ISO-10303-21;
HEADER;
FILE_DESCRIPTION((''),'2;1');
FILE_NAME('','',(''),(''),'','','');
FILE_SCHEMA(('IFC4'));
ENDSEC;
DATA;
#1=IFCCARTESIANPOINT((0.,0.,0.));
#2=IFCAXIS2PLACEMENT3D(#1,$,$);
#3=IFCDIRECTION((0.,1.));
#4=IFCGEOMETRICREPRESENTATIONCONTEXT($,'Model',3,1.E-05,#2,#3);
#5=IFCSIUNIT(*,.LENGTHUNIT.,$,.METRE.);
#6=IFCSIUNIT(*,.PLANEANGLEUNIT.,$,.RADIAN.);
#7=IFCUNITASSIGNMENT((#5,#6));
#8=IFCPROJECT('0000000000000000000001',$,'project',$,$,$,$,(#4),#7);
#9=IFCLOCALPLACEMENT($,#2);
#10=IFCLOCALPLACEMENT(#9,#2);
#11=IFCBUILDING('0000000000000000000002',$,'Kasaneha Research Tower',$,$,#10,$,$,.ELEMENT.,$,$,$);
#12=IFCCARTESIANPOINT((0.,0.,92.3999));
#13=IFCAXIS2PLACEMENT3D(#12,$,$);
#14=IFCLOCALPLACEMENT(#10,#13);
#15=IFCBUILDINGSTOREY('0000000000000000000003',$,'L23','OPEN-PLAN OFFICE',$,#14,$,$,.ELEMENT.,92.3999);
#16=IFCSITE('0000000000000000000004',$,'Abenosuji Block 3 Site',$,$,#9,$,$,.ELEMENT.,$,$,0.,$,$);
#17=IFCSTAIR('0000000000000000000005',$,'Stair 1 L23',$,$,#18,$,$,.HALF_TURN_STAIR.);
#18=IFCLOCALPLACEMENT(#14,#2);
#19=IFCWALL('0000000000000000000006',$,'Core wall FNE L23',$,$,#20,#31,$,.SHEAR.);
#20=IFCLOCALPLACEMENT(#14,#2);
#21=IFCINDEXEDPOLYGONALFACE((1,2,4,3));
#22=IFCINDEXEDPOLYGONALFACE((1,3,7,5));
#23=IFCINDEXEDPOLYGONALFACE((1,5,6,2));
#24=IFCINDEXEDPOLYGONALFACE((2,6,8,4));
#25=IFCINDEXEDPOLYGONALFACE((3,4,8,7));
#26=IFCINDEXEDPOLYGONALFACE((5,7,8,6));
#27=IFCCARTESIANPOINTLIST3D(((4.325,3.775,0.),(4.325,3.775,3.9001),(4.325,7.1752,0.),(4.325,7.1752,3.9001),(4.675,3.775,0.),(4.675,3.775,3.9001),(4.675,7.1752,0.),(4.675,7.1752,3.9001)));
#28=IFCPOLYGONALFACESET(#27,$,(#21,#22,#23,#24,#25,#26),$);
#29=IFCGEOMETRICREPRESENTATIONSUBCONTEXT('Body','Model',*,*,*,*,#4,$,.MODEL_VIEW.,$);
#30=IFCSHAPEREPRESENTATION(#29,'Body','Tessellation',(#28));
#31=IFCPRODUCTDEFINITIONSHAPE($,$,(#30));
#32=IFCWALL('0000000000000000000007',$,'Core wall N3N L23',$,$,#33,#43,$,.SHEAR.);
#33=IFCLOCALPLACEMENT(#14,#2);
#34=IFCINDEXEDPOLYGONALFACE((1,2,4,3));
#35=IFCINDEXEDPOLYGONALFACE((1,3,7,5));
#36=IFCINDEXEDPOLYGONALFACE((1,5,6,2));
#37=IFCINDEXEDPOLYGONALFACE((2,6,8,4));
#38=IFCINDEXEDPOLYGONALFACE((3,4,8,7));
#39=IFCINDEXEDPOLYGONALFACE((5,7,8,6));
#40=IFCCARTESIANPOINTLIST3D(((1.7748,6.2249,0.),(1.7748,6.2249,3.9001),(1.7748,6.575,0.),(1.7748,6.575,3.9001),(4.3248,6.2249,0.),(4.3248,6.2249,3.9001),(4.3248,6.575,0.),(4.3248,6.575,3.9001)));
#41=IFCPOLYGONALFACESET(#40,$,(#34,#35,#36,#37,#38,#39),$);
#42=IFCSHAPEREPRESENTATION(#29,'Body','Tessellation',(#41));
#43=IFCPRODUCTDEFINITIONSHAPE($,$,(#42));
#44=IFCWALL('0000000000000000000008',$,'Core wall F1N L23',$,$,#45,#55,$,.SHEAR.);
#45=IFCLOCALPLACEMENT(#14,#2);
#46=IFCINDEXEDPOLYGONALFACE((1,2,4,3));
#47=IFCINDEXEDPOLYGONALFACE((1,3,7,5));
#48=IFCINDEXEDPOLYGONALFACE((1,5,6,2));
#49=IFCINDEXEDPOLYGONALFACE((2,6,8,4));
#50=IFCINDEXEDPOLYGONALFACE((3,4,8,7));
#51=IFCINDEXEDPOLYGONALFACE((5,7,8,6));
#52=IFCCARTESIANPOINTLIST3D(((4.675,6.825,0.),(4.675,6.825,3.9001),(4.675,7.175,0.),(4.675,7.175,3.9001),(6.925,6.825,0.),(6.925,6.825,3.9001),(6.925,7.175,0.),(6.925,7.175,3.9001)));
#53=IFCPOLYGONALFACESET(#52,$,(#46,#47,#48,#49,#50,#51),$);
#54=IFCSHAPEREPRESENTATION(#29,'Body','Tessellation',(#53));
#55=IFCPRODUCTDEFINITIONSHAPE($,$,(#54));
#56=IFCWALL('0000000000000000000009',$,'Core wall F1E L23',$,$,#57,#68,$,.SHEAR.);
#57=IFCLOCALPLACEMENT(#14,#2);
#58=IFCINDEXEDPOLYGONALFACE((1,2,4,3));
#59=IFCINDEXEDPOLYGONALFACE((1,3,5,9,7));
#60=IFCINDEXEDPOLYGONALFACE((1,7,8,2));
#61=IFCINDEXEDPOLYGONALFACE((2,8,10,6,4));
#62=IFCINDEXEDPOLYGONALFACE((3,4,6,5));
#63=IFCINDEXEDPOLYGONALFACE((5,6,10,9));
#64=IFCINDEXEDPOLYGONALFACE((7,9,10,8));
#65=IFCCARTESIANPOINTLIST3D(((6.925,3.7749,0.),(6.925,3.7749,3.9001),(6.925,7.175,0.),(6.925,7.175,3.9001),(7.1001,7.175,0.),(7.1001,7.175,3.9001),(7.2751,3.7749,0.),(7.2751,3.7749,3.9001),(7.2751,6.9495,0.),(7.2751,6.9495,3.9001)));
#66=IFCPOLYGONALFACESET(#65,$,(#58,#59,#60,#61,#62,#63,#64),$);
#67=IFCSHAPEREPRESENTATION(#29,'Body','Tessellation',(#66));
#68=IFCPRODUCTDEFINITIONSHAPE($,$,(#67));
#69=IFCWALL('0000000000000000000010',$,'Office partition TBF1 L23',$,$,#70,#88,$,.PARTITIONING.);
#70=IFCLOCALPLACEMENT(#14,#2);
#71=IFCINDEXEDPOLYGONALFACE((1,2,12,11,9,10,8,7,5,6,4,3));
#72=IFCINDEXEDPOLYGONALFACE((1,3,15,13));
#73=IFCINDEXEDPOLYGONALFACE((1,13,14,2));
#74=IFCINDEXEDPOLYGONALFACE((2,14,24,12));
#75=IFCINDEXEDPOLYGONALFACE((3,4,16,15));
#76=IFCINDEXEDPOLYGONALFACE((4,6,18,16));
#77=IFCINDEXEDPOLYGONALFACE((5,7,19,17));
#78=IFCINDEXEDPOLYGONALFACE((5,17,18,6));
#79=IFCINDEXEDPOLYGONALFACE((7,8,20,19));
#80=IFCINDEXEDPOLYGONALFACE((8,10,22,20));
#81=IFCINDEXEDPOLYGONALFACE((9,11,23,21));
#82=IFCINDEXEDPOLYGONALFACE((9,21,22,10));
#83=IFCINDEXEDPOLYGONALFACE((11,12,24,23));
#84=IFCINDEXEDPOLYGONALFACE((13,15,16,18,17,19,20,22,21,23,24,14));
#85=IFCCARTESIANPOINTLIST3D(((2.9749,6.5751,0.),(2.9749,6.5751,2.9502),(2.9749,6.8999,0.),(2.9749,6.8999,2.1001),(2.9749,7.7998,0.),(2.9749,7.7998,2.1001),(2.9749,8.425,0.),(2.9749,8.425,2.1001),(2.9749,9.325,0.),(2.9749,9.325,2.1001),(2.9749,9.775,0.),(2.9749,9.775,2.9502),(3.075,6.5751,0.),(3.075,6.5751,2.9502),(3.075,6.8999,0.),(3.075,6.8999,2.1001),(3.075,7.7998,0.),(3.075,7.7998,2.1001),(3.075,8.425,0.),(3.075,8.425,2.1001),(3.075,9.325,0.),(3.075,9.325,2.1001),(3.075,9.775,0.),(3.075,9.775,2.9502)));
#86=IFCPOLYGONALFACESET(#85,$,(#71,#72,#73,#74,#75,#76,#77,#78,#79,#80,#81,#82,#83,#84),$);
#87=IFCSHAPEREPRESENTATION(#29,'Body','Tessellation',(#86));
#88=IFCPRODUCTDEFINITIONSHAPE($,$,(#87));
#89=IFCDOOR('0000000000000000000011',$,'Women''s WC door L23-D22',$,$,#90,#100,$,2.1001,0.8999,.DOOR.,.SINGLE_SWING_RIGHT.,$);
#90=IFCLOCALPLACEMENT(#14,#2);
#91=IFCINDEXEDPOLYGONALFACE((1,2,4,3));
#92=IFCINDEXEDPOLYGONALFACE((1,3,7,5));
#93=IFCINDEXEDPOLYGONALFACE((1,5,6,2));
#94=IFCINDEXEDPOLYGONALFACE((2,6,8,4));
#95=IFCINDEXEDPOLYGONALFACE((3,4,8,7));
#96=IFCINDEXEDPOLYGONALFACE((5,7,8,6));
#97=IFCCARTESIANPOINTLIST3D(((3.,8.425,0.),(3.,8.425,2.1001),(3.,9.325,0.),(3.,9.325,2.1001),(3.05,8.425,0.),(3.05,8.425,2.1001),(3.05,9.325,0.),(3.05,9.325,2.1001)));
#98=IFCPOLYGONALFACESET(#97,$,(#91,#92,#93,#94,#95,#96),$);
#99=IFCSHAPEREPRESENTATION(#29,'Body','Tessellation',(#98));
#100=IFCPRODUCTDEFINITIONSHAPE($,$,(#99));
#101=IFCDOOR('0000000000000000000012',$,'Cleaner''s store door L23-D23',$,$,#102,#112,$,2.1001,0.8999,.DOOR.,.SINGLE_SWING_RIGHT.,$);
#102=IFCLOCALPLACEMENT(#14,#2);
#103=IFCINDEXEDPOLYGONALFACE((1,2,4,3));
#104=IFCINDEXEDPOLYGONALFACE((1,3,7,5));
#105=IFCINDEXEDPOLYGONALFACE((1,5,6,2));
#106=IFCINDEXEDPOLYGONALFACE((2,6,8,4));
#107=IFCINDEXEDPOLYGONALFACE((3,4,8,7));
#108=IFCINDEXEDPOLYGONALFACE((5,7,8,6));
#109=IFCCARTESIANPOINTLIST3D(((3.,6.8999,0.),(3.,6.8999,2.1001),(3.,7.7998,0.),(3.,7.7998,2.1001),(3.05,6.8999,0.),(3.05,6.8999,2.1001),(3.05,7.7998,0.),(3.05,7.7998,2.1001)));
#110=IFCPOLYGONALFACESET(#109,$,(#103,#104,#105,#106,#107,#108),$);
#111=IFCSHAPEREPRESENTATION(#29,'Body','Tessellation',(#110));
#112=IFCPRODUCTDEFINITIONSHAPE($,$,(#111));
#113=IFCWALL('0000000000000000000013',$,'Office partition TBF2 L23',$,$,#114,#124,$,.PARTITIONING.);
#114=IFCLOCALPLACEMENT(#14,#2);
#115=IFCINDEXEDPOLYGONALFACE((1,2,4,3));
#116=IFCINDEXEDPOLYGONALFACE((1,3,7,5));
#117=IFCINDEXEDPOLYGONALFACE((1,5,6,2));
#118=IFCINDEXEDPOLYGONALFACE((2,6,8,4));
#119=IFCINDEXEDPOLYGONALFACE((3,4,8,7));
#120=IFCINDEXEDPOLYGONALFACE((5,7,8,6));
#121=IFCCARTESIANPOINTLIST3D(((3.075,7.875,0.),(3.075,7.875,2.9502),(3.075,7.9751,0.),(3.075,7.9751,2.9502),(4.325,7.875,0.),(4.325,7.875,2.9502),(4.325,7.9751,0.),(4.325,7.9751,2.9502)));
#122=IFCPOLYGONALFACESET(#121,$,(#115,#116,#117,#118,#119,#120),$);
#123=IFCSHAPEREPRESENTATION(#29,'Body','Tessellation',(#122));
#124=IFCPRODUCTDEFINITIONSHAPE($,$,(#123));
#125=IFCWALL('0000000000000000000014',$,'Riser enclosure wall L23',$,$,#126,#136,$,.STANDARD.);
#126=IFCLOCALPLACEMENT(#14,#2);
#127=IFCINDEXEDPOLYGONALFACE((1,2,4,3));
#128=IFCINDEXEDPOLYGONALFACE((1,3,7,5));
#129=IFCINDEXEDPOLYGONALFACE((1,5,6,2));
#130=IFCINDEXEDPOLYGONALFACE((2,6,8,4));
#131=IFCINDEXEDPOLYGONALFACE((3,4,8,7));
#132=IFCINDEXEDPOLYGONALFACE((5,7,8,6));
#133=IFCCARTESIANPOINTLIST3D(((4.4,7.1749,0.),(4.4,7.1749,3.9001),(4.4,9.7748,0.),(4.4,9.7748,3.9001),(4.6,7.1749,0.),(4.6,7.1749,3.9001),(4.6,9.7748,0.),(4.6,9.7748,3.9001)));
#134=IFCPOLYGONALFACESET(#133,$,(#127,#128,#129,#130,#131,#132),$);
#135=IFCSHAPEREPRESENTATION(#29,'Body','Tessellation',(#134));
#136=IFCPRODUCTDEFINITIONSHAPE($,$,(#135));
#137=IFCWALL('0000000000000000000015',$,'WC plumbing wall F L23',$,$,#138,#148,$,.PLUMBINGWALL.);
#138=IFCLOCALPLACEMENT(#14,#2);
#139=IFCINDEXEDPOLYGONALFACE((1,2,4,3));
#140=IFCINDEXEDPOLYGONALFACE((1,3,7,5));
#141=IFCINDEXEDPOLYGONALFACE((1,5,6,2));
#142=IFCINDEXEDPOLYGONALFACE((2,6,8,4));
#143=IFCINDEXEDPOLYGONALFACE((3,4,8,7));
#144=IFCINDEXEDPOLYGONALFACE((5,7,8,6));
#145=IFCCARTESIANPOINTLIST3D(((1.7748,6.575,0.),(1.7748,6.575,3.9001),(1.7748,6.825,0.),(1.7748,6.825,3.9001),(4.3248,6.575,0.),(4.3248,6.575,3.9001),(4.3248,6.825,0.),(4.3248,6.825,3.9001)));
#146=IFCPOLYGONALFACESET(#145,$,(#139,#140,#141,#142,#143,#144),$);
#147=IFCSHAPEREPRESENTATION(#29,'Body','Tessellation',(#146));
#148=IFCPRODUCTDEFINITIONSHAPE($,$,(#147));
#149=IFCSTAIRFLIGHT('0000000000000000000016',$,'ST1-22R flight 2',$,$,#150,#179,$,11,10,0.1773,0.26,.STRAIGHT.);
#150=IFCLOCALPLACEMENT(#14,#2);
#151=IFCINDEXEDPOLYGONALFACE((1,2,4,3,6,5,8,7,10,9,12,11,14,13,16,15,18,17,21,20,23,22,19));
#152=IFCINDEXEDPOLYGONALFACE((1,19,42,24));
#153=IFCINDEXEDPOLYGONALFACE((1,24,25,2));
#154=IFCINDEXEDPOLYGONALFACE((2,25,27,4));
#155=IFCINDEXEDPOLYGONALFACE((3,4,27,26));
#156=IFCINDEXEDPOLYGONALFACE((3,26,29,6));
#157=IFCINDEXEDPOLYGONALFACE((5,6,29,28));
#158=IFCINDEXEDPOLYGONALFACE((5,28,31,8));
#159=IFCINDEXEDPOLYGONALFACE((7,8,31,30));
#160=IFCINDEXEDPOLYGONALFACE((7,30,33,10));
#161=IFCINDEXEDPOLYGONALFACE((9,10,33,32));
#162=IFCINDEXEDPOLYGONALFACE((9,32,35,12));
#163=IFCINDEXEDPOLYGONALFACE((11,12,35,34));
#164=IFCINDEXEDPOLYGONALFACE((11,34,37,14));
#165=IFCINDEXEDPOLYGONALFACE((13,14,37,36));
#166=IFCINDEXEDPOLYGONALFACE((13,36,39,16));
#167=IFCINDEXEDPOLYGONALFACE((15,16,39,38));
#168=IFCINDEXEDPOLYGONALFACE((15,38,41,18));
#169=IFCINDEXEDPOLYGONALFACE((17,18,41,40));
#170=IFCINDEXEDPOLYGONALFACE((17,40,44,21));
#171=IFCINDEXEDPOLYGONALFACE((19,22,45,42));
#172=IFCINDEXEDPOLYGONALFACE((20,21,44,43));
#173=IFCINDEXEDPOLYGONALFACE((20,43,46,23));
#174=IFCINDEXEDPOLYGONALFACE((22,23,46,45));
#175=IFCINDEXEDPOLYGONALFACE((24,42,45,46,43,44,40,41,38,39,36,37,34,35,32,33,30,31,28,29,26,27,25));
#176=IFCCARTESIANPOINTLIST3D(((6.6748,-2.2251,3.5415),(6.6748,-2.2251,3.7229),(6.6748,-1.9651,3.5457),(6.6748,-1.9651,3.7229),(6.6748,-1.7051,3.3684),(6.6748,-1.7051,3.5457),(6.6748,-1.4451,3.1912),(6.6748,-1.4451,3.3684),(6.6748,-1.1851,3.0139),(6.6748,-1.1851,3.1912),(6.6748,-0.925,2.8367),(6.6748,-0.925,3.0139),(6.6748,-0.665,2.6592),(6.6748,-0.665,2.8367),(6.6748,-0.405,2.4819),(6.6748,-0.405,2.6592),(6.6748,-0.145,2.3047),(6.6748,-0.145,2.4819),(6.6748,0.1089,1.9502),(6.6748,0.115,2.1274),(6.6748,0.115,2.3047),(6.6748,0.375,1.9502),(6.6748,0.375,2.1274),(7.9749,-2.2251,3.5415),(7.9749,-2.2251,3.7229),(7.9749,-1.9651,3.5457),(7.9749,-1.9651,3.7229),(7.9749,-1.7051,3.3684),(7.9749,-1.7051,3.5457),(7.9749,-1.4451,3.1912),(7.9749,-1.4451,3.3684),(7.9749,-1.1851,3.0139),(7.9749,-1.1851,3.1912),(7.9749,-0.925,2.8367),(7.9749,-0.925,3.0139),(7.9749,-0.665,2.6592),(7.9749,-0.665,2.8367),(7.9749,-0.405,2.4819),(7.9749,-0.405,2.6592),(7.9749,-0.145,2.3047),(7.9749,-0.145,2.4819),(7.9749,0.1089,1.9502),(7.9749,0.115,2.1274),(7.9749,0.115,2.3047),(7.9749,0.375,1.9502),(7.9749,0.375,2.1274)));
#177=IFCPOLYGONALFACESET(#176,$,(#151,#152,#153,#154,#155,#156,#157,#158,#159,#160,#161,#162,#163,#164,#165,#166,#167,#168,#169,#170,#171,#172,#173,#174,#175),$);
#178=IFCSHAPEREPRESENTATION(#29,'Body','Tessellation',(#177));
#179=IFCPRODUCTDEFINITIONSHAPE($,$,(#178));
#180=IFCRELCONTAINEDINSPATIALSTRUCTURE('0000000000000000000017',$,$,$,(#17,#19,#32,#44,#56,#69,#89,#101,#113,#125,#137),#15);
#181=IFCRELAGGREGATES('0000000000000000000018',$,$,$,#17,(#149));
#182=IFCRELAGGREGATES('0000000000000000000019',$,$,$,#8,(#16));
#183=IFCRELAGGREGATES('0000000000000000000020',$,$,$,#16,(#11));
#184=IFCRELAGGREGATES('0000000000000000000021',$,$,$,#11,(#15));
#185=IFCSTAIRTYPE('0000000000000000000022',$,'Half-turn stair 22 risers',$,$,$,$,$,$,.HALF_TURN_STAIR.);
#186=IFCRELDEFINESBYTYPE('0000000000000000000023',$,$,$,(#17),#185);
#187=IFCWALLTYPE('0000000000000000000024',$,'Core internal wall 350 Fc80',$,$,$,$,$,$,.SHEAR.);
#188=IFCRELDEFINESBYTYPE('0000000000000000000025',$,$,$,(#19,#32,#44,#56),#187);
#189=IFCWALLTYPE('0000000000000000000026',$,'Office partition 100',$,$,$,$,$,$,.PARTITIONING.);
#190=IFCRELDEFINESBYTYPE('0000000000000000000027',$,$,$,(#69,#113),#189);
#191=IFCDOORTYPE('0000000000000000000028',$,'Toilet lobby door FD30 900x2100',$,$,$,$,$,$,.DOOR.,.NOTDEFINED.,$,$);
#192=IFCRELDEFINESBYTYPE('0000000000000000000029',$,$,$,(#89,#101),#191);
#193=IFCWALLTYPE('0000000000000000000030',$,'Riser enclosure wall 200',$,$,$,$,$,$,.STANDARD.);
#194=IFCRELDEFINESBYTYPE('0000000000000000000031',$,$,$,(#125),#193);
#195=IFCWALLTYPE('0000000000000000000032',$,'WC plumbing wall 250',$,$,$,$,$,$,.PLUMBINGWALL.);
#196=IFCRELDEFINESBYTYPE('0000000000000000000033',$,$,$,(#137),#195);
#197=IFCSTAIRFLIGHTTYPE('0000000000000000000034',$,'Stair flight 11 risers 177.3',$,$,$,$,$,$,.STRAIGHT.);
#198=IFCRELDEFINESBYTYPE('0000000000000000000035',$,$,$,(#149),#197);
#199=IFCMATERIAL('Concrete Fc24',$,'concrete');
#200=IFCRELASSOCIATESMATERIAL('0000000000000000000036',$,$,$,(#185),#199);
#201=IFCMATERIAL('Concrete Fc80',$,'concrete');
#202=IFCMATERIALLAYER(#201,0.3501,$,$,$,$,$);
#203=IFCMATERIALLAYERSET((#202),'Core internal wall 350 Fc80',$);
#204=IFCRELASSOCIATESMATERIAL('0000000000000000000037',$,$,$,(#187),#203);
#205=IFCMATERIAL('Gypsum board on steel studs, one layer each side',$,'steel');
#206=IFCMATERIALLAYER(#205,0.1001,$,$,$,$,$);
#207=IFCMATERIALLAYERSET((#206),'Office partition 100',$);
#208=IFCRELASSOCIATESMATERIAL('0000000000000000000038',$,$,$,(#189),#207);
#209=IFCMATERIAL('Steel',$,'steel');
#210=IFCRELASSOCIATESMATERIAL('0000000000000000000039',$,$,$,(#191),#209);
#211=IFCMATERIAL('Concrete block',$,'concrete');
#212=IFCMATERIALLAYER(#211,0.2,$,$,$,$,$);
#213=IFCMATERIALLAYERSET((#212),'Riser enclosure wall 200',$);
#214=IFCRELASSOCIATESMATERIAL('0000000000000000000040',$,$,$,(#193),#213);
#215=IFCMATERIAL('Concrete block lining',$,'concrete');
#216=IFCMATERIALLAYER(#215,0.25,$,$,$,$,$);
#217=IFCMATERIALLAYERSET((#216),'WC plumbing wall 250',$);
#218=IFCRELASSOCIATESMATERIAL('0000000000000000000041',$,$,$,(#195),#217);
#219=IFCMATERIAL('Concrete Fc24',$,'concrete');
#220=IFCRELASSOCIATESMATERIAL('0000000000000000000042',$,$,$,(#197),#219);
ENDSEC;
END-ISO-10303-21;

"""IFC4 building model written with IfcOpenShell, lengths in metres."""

from ifc_helpers import new_model, si_unit, direction, frame, frame_2d, origin, place, context, subcontext, project, spatial, polyline, rectangle, outline, extrude, material, layer, layer_set, type_object, element, fill, aggregate, save


model = new_model("IFC4")

# Units and contexts
model_context = context("Model", 3, precision=1e-05, world=origin(), true_north=direction((0.0, 1.0)))
body_context = subcontext(model_context, "Body", "Model", "MODEL_VIEW")
ifc_project = project(units=[si_unit("LENGTHUNIT", "METRE"), si_unit("PLANEANGLEUNIT", "RADIAN")], contexts=[model_context])

# Site, building, storey
site_placement = place(None, origin())
site = spatial("IfcSite", under=ifc_project, at=site_placement, Name="Abenosuji Block 3 Site", CompositionType="ELEMENT", RefElevation=0.0)
building_placement = place(site_placement, origin())
building = spatial("IfcBuilding", under=site, at=building_placement, Name="Kasaneha Research Tower", CompositionType="ELEMENT")
storey_placement = place(building_placement, frame((0.0, 0.0, 92.3999)))
storey = spatial("IfcBuildingStorey", under=building, at=storey_placement, Name="L23", Description="OPEN-PLAN OFFICE", CompositionType="ELEMENT", Elevation=92.3999)

# Stair
ifc_material_1 = material(Name="Concrete Fc24", Category="concrete")
stair_type = type_object("IfcStairType", Name="Half-turn stair 22 risers", PredefinedType="HALF_TURN_STAIR", material=ifc_material_1)
stair_1_placement = place(storey_placement, origin())
stair_1 = element("IfcStair", 1, at=stair_1_placement, inside=storey, type_object=stair_type, Name="Stair 1 L23", PredefinedType="HALF_TURN_STAIR")

# Shared definitions
ifc_material_2 = material(Name="Concrete Fc80", Category="concrete")
ifc_layer_1 = layer(ifc_material_2, 0.3501)
ifc_layer_set_1 = layer_set([ifc_layer_1], Name="Core internal wall 350 Fc80")
wall_type_1 = type_object("IfcWallType", Name="Core internal wall 350 Fc80", PredefinedType="SHEAR", material=ifc_layer_set_1)

# Walls
wall_1_placement = place(storey_placement, frame((4.5, 3.7749, 0.0), z_axis=(0.0, 0.0, 1.0), x_axis=(0.0, 1.0, 0.0)))
element("IfcWall", 2, at=wall_1_placement, inside=storey, type_object=wall_type_1, Name="Core wall FNE L23", PredefinedType="SHEAR", context=body_context, shape_type="SweptSolid", body=[
    extrude(rectangle(XDim=3.4001, YDim=0.3501, at=frame_2d((1.7002, 0.0))), origin(), (0.0, 0.0, 1.0), 3.9001),
])
wall_2_placement = place(storey_placement, frame((1.7749, 6.3999, 0.0), z_axis=(0.0, 0.0, 1.0), x_axis=(1.0, 0.0, 0.0)))
element("IfcWall", 3, at=wall_2_placement, inside=storey, type_object=wall_type_1, Name="Core wall N3N L23", PredefinedType="SHEAR", context=body_context, shape_type="SweptSolid", body=[
    extrude(rectangle(XDim=2.55, YDim=0.3501, at=frame_2d((1.2749, 0.0))), origin(), (0.0, 0.0, 1.0), 3.9001),
])
wall_3_placement = place(storey_placement, frame((4.675, 7.0, 0.0), z_axis=(0.0, 0.0, 1.0), x_axis=(1.0, 0.0, 0.0)))
element("IfcWall", 4, at=wall_3_placement, inside=storey, type_object=wall_type_1, Name="Core wall F1N L23", PredefinedType="SHEAR", context=body_context, shape_type="SweptSolid", body=[
    extrude(rectangle(XDim=2.25, YDim=0.3501, at=frame_2d((1.125, 0.0))), origin(), (0.0, 0.0, 1.0), 3.9001),
])
wall_4_placement = place(storey_placement, frame((7.1001, 3.7749, 0.0), z_axis=(0.0, 0.0, 1.0), x_axis=(0.0, 1.0, 0.0)))
element("IfcWall", 5, at=wall_4_placement, inside=storey, type_object=wall_type_1, Name="Core wall F1E L23", PredefinedType="SHEAR", context=body_context, shape_type="SweptSolid", body=[
    extrude(outline(polyline([(0.0, -0.175), (3.1746, -0.175), (3.4001, 0.0), (3.4001, 0.175), (0.0, 0.175), (0.0, -0.175)])), origin(), (0.0, 0.0, 1.0), 3.9001),
])

# Wall, openings, doors
ifc_material_3 = material(Name="Gypsum board on steel studs, one layer each side", Category="steel")
ifc_layer_2 = layer(ifc_material_3, 0.1001)
ifc_layer_set_2 = layer_set([ifc_layer_2], Name="Office partition 100")
wall_type_2 = type_object("IfcWallType", Name="Office partition 100", PredefinedType="PARTITIONING", material=ifc_layer_set_2)
wall_5_placement = place(storey_placement, frame((3.0249, 6.575, 0.0), z_axis=(0.0, 0.0, 1.0), x_axis=(0.0, 1.0, 0.0)))
wall_5 = element("IfcWall", 6, at=wall_5_placement, inside=storey, type_object=wall_type_2, Name="Office partition TBF1 L23", PredefinedType="PARTITIONING", context=body_context, shape_type="SweptSolid", body=[
    extrude(rectangle(XDim=3.2, YDim=0.1001, at=frame_2d((1.6001, 0.0))), origin(), (0.0, 0.0, 1.0), 2.9502),
])
opening_1_placement = place(wall_5_placement, frame((1.8501, 0.0, 0.0)))
opening_1 = element("IfcOpeningElement", 7, at=opening_1_placement, cuts=wall_5, PredefinedType="OPENING", context=body_context, shape_type="SweptSolid", body=[
    extrude(rectangle(XDim=0.8999, YDim=2.1001, at=frame_2d((0.45, 1.05))), frame((0.0, 0.0601, 0.0), z_axis=(0.0, -1.0, 0.0), x_axis=(1.0, 0.0, 0.0)), (0.0, 0.0, 1.0), 0.1201),
])
opening_2_placement = place(wall_5_placement, frame((0.325, 0.0, 0.0)))
opening_2 = element("IfcOpeningElement", 8, at=opening_2_placement, cuts=wall_5, PredefinedType="OPENING", context=body_context, shape_type="SweptSolid", body=[
    extrude(rectangle(XDim=0.8999, YDim=2.1001, at=frame_2d((0.45, 1.05))), frame((0.0, 0.0601, 0.0), z_axis=(0.0, -1.0, 0.0), x_axis=(1.0, 0.0, 0.0)), (0.0, 0.0, 1.0), 0.1201),
])
ifc_material_4 = material(Name="Steel", Category="steel")
door_type_1 = type_object("IfcDoorType", Name="Toilet lobby door FD30 900x2100", OperationType="NOTDEFINED", PredefinedType="DOOR", material=ifc_material_4)
door_1_placement = place(opening_1_placement, origin())
door_1 = element("IfcDoor", 9, at=door_1_placement, inside=storey, type_object=door_type_1, Name="Women's WC door L23-D22", OperationType="SINGLE_SWING_RIGHT", OverallHeight=2.1001, OverallWidth=0.8999, PredefinedType="DOOR", context=body_context, shape_type="SweptSolid", body=[
    extrude(rectangle(XDim=0.8999, YDim=2.1001, at=frame_2d((0.45, 1.05))), frame((0.0, 0.0249, 0.0), z_axis=(0.0, -1.0, 0.0), x_axis=(1.0, 0.0, 0.0)), (0.0, 0.0, 1.0), 0.05),
])
fill(opening_1, door_1)
door_2_placement = place(opening_2_placement, origin())
door_2 = element("IfcDoor", 10, at=door_2_placement, inside=storey, type_object=door_type_1, Name="Cleaner's store door L23-D23", OperationType="SINGLE_SWING_RIGHT", OverallHeight=2.1001, OverallWidth=0.8999, PredefinedType="DOOR", context=body_context, shape_type="SweptSolid", body=[
    extrude(rectangle(XDim=0.8999, YDim=2.1001, at=frame_2d((0.45, 1.05))), frame((0.0, 0.0249, 0.0), z_axis=(0.0, -1.0, 0.0), x_axis=(1.0, 0.0, 0.0)), (0.0, 0.0, 1.0), 0.05),
])
fill(opening_2, door_2)

# Walls
wall_6_placement = place(storey_placement, frame((3.075, 7.925, 0.0), z_axis=(0.0, 0.0, 1.0), x_axis=(1.0, 0.0, 0.0)))
element("IfcWall", 11, at=wall_6_placement, inside=storey, type_object=wall_type_2, Name="Office partition TBF2 L23", PredefinedType="PARTITIONING", context=body_context, shape_type="SweptSolid", body=[
    extrude(rectangle(XDim=1.25, YDim=0.1001, at=frame_2d((0.625, 0.0))), origin(), (0.0, 0.0, 1.0), 2.9502),
])
ifc_material_5 = material(Name="Concrete block", Category="concrete")
ifc_layer_3 = layer(ifc_material_5, 0.2)
ifc_layer_set_3 = layer_set([ifc_layer_3], Name="Riser enclosure wall 200")
wall_type_3 = type_object("IfcWallType", Name="Riser enclosure wall 200", PredefinedType="STANDARD", material=ifc_layer_set_3)
wall_7_placement = place(storey_placement, frame((4.5, 7.175, 0.0), z_axis=(0.0, 0.0, 1.0), x_axis=(0.0, 1.0, 0.0)))
element("IfcWall", 12, at=wall_7_placement, inside=storey, type_object=wall_type_3, Name="Riser enclosure wall L23", PredefinedType="STANDARD", context=body_context, shape_type="SweptSolid", body=[
    extrude(rectangle(XDim=2.5999, YDim=0.2, at=frame_2d((1.2998, 0.0))), origin(), (0.0, 0.0, 1.0), 3.9001),
])
ifc_material_6 = material(Name="Concrete block lining", Category="concrete")
ifc_layer_4 = layer(ifc_material_6, 0.25)
ifc_layer_set_4 = layer_set([ifc_layer_4], Name="WC plumbing wall 250")
wall_type_4 = type_object("IfcWallType", Name="WC plumbing wall 250", PredefinedType="PLUMBINGWALL", material=ifc_layer_set_4)
wall_8_placement = place(storey_placement, frame((1.7749, 6.7, 0.0), z_axis=(0.0, 0.0, 1.0), x_axis=(1.0, 0.0, 0.0)))
element("IfcWall", 13, at=wall_8_placement, inside=storey, type_object=wall_type_4, Name="WC plumbing wall F L23", PredefinedType="PLUMBINGWALL", context=body_context, shape_type="SweptSolid", body=[
    extrude(rectangle(XDim=2.55, YDim=0.25, at=frame_2d((1.2749, 0.0))), origin(), (0.0, 0.0, 1.0), 3.9001),
])

# Stair flight
ifc_material_7 = material(Name="Concrete Fc24", Category="concrete")
stair_flight_type = type_object("IfcStairFlightType", Name="Stair flight 11 risers 177.3", PredefinedType="STRAIGHT", material=ifc_material_7)
stair_flight_placement = place(storey_placement, frame((7.325, 0.375, 1.9502), z_axis=(0.0, 0.0, 1.0), x_axis=(0.0, -1.0, 0.0)))
stair_flight = element("IfcStairFlight", 14, at=stair_flight_placement, type_object=stair_flight_type, Name="ST1-22R flight 2", NumberOfRisers=11, NumberOfTreads=10, PredefinedType="STRAIGHT", RiserHeight=0.1773, TreadLength=0.26, context=body_context, shape_type="SweptSolid", body=[
    extrude(outline(polyline([(0.0, 0.0), (0.0, 0.1772), (0.26, 0.1772), (0.26, 0.3545), (0.52, 0.3545), (0.52, 0.5317), (0.78, 0.5317), (0.78, 0.709), (1.04, 0.709), (1.04, 0.8865), (1.3, 0.8865), (1.3, 1.0637), (1.5601, 1.0637), (1.5601, 1.241), (1.8201, 1.241), (1.8201, 1.4182), (2.0801, 1.4182), (2.0801, 1.5955), (2.3401, 1.5955), (2.3401, 1.7727), (2.6001, 1.7727), (2.6001, 1.95), (2.6001, 1.5913), (0.2661, 0.0), (0.0, 0.0)])), frame((0.0, 0.6499, 0.0), z_axis=(0.0, -1.0, 0.0), x_axis=(1.0, 0.0, 0.0)), (0.0, 0.0, 1.0), 1.3),
])
aggregate(stair_1, [stair_flight])

save(model, "model.ifc")
